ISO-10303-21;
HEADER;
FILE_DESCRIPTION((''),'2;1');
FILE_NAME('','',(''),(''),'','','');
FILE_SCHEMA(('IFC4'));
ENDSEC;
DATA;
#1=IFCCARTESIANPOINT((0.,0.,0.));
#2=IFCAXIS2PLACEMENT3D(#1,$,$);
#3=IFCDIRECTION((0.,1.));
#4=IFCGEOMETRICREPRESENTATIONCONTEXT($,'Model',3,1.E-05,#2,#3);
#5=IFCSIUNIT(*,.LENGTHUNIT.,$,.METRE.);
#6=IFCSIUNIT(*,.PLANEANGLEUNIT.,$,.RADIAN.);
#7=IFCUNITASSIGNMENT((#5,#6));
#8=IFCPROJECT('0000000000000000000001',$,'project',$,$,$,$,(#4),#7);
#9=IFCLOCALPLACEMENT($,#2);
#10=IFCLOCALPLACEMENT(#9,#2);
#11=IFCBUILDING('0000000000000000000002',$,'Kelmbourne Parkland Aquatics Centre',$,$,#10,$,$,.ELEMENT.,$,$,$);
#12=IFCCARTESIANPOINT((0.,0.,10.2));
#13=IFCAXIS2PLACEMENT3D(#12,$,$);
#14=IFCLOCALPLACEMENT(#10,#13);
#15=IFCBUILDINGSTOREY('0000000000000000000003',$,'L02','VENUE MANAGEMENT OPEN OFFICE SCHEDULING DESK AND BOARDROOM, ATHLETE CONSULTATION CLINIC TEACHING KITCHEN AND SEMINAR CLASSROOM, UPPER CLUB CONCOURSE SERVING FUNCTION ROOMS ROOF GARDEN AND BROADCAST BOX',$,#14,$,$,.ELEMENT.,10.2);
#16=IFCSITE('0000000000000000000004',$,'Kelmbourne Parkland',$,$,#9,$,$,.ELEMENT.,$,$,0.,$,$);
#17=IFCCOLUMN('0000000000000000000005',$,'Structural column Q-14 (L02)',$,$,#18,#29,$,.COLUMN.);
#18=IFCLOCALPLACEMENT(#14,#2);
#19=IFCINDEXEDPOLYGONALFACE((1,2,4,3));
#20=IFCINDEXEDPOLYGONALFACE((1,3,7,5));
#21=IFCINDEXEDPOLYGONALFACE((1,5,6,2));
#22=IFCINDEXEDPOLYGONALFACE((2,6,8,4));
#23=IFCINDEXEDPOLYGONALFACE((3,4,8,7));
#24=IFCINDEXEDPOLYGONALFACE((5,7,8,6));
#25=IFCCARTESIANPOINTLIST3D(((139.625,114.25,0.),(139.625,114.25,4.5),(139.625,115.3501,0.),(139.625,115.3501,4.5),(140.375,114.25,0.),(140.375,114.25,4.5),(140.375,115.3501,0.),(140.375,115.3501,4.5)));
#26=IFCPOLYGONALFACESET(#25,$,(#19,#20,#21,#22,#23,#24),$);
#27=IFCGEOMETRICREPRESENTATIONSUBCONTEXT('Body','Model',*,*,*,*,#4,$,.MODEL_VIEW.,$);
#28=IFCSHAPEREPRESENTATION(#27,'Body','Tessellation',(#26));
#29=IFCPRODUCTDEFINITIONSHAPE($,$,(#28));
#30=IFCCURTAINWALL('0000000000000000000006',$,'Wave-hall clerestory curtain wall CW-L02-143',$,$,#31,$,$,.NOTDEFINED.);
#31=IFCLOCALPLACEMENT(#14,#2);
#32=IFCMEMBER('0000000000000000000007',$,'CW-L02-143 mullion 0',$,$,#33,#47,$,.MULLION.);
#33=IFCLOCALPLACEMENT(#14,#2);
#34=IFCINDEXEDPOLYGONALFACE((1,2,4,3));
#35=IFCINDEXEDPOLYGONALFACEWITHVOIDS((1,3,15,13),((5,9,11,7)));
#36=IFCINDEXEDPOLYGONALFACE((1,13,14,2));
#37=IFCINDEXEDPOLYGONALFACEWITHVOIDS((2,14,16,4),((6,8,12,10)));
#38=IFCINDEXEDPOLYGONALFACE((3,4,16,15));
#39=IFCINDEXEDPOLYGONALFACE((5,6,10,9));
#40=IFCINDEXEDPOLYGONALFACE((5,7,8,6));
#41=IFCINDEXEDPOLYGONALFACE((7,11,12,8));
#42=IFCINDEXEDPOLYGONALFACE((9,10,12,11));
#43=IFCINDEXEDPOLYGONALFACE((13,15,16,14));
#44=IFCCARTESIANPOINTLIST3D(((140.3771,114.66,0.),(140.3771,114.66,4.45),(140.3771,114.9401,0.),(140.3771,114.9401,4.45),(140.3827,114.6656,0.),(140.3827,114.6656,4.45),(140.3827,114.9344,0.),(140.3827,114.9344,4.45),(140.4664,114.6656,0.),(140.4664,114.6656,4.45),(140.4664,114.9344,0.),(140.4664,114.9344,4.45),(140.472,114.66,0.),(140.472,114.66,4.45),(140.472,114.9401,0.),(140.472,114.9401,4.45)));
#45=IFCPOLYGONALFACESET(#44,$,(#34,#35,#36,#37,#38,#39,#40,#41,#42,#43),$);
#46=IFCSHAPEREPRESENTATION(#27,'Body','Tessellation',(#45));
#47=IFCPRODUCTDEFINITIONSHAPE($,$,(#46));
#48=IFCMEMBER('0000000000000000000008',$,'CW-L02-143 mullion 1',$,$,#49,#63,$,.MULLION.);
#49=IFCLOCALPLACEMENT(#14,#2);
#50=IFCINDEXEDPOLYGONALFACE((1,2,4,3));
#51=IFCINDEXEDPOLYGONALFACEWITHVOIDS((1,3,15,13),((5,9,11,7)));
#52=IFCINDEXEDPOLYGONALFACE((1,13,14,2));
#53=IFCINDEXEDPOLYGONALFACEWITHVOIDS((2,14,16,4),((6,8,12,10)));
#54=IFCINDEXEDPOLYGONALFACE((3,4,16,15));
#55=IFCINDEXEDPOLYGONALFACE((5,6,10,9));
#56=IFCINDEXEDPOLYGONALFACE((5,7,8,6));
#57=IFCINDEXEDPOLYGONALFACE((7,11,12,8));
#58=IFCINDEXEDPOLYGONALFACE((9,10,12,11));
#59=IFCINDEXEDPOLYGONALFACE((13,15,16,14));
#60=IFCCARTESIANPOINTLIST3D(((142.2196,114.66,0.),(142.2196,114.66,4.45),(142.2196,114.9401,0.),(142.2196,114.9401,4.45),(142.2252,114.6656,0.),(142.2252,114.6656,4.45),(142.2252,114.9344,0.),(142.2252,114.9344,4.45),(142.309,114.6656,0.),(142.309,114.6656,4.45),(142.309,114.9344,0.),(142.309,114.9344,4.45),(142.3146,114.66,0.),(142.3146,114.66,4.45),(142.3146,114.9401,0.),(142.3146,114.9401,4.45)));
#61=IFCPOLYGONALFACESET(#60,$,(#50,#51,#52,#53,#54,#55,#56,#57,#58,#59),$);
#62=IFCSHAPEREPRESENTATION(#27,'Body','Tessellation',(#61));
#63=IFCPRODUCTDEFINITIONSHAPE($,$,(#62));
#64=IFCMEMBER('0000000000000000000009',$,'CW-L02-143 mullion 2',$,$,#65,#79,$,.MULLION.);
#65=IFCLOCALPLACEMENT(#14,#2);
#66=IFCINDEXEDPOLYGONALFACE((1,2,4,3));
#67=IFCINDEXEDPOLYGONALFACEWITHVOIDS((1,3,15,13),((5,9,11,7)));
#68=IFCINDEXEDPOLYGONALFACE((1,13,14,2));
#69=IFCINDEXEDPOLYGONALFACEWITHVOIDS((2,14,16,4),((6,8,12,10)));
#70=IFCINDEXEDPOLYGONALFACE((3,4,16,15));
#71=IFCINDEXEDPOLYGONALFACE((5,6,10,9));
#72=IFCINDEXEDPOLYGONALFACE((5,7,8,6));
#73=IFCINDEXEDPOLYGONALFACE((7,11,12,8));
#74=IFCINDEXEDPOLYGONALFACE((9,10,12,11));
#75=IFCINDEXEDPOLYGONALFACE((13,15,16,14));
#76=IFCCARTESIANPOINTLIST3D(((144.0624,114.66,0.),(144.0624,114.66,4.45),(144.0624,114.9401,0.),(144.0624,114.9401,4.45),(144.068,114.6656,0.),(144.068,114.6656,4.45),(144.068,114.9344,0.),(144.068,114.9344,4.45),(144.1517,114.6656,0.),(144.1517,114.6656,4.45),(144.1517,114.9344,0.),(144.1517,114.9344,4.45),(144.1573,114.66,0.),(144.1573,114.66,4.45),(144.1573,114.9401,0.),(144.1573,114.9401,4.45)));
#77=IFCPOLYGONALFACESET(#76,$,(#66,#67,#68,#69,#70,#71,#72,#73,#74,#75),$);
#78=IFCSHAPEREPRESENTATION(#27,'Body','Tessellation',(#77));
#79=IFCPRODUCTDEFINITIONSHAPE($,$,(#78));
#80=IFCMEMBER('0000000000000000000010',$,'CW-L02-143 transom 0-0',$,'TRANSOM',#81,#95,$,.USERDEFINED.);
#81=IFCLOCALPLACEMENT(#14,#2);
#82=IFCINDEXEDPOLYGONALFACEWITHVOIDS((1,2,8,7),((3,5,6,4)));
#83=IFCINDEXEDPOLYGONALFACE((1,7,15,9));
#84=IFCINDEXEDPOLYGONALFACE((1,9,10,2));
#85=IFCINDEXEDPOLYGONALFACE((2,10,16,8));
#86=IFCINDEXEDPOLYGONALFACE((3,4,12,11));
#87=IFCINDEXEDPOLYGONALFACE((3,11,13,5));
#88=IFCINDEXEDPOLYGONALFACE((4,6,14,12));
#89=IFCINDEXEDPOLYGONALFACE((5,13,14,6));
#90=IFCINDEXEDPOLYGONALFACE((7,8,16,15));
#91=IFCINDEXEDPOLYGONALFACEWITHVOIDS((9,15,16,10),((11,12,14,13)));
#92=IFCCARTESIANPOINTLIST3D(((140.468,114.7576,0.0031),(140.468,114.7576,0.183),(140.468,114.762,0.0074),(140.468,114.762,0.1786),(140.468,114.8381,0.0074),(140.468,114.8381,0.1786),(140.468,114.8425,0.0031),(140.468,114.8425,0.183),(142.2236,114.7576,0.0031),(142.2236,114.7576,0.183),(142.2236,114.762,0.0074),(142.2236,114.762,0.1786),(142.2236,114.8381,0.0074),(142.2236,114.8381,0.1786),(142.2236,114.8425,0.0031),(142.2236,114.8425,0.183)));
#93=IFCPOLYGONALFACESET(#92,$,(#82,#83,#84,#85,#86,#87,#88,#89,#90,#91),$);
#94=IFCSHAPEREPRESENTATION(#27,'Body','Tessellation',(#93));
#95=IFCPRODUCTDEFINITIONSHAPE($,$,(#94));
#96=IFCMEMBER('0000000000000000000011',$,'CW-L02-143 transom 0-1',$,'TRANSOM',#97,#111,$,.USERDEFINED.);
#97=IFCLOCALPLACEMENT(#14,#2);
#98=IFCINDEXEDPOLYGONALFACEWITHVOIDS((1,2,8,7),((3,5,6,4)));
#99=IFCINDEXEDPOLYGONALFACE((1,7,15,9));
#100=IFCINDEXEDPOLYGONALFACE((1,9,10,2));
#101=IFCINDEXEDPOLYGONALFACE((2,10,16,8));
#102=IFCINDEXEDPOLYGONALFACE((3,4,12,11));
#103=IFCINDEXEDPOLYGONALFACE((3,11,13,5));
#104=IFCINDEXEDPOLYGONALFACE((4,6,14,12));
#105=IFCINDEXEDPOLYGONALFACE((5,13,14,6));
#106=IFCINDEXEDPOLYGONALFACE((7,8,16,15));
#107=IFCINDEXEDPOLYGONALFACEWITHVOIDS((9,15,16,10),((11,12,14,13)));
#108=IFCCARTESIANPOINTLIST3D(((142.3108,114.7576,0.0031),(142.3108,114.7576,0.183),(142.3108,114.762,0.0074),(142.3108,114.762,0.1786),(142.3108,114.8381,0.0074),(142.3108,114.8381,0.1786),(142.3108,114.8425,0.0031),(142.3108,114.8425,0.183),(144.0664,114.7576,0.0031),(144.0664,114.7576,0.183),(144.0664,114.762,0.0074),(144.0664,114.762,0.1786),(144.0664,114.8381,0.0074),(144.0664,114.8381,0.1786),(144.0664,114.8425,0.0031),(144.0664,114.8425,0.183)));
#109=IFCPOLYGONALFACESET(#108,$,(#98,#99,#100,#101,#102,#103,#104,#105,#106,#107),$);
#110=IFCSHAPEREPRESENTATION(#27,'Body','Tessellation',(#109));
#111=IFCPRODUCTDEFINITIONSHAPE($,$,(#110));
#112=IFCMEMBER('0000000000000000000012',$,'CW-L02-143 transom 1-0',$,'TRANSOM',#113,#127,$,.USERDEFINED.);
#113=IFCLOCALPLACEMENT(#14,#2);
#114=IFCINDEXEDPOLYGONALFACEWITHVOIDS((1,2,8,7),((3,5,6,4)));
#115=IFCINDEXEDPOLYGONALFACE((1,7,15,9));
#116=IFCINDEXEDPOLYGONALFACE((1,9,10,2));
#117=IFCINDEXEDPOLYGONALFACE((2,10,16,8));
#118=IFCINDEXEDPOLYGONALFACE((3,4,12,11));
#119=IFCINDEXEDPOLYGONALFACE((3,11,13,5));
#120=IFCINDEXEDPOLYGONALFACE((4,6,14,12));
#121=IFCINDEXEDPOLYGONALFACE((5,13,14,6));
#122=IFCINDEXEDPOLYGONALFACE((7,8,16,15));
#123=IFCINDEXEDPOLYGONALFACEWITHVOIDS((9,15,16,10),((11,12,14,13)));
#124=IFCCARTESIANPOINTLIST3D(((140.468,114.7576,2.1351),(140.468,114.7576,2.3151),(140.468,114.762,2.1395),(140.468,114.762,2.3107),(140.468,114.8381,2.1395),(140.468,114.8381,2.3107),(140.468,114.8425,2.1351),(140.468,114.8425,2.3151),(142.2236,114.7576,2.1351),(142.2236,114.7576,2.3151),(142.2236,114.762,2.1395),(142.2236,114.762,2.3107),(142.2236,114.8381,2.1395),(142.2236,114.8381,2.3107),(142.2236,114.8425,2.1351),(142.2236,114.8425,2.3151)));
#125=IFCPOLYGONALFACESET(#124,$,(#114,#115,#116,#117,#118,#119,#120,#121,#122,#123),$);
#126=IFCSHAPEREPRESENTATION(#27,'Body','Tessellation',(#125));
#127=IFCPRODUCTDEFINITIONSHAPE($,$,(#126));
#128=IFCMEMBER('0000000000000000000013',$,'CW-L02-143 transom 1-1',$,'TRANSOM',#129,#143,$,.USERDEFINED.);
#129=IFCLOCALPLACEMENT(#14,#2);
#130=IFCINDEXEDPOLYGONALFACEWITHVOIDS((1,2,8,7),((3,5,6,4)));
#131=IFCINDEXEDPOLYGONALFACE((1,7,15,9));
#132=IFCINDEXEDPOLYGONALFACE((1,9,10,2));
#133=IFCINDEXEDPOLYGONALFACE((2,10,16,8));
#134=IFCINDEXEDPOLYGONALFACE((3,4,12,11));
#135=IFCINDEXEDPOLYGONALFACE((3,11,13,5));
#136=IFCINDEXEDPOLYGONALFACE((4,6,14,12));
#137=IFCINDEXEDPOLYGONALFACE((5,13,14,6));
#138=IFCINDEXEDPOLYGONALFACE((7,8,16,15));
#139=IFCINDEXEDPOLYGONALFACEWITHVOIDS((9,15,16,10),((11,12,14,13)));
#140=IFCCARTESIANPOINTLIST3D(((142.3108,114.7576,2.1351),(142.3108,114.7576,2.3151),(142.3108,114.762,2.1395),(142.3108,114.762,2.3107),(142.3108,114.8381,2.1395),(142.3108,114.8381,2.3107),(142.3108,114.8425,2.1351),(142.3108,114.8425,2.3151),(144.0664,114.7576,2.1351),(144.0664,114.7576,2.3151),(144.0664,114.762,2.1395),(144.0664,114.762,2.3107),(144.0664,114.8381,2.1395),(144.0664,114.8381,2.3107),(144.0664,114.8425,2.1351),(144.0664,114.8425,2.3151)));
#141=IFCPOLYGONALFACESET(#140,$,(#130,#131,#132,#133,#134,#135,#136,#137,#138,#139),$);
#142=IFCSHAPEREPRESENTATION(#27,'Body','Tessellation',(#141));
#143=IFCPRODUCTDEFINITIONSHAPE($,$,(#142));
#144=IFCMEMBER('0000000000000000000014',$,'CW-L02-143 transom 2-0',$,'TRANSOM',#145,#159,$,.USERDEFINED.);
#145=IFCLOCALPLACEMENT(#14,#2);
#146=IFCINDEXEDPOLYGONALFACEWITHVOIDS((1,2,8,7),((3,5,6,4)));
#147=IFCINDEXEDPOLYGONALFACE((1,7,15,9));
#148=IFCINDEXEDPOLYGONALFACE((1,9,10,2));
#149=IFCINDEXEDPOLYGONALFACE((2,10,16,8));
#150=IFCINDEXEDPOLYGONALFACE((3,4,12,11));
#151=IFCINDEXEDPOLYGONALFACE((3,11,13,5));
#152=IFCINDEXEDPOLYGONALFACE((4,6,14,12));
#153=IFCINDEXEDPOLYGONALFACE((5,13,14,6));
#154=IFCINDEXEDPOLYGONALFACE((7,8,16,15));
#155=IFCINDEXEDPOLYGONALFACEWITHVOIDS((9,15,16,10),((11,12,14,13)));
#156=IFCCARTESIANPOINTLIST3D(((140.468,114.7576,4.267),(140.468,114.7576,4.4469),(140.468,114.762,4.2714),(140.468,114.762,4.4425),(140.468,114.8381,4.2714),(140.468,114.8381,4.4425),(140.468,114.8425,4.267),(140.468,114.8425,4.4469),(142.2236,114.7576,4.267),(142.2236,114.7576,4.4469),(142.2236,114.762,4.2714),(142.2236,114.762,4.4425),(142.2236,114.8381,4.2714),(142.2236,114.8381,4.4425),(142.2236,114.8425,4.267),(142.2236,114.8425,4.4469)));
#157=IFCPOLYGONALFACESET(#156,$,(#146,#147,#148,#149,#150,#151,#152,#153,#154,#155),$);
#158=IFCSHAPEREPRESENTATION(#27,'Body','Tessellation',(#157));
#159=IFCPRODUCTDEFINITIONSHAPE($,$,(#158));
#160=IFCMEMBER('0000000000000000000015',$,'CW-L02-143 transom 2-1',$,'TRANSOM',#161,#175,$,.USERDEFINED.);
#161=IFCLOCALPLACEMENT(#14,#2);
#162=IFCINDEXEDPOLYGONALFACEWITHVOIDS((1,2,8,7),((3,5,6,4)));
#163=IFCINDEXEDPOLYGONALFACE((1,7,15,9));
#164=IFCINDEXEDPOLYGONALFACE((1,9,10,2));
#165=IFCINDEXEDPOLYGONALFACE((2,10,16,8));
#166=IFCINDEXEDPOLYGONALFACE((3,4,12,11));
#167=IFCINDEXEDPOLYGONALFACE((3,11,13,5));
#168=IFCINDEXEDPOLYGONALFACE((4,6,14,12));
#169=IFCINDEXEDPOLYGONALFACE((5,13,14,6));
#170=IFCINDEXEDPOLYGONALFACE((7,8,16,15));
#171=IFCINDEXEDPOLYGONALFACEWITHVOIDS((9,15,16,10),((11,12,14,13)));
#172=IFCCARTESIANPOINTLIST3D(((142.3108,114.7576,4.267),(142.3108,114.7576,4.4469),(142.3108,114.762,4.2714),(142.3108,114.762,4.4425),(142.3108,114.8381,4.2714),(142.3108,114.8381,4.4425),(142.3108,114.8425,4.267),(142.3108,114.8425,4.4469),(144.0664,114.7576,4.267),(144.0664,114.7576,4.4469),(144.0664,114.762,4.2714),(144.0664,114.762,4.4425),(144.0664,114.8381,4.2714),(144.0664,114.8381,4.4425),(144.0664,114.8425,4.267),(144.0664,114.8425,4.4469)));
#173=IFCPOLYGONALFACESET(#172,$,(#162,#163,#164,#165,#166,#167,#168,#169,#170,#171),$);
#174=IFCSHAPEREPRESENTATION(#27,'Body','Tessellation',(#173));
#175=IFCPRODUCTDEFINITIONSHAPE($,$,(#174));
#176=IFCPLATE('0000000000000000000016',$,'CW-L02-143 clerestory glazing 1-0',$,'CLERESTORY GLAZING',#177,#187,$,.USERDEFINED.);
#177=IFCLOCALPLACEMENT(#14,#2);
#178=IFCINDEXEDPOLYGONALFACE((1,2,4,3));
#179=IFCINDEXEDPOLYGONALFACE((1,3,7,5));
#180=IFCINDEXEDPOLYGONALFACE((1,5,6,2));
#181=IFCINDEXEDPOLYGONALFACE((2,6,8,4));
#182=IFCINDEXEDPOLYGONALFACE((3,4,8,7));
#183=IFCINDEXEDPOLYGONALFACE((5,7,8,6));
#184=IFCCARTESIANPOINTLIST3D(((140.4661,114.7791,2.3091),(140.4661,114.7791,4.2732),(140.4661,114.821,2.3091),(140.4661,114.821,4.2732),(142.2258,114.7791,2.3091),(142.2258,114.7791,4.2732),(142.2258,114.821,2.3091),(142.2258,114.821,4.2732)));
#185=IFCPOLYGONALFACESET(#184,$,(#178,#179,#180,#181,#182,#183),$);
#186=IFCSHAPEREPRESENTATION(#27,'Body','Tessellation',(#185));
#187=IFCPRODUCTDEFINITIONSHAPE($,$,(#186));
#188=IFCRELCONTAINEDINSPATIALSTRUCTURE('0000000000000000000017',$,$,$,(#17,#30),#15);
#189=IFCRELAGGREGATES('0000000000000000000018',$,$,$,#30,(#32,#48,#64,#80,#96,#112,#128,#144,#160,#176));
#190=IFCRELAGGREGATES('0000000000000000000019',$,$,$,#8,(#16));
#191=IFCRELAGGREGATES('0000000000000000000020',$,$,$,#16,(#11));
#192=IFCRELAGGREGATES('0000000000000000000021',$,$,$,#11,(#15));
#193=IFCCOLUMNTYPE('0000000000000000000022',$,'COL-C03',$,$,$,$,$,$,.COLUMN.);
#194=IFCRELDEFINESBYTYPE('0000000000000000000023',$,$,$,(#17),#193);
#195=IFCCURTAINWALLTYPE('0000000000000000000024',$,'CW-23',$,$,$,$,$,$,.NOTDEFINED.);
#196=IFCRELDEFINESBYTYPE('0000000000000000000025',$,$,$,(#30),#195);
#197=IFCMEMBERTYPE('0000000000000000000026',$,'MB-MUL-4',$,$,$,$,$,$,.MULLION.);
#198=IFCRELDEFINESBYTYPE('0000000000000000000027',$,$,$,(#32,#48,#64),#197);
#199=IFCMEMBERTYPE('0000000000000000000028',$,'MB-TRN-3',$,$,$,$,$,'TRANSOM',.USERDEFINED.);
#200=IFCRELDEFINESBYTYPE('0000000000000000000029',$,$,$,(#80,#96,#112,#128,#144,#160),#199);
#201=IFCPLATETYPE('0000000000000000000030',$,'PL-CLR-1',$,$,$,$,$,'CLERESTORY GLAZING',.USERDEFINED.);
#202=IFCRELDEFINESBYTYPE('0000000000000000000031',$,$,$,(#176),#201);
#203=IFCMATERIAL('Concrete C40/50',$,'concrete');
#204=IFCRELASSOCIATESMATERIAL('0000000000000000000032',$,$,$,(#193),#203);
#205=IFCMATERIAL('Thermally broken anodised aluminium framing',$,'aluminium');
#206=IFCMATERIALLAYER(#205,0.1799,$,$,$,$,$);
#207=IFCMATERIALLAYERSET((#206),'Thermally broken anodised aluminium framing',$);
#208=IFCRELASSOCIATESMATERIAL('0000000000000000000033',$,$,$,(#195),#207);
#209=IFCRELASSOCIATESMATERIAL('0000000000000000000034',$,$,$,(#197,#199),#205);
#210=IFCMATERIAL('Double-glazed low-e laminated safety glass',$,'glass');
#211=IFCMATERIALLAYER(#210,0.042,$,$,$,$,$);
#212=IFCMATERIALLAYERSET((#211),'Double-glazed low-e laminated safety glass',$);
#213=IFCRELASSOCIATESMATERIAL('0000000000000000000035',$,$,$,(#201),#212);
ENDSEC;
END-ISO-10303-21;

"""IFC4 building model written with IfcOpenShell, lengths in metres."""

from ifc_helpers import new_model, si_unit, direction, frame, origin, origin_2d, place, context, subcontext, project, spatial, rectangle, hollow_rectangle, extrude, material, layer, layer_set, material_profile, profile_set, type_object, element, aggregate, save


model = new_model("IFC4")

# Units and contexts
model_context = context("Model", 3, precision=1e-05, world=origin(), true_north=direction((0.0, 1.0)))
body_context = subcontext(model_context, "Body", "Model", "MODEL_VIEW")
ifc_project = project(units=[si_unit("LENGTHUNIT", "METRE"), si_unit("PLANEANGLEUNIT", "RADIAN")], contexts=[model_context])

# Site, building, storey
site_placement = place(None, origin())
site = spatial("IfcSite", under=ifc_project, at=site_placement, Name="Kelmbourne Parkland", CompositionType="ELEMENT", RefElevation=0.0)
building_placement = place(site_placement, origin())
building = spatial("IfcBuilding", under=site, at=building_placement, Name="Kelmbourne Parkland Aquatics Centre", CompositionType="ELEMENT")
storey_placement = place(building_placement, frame((0.0, 0.0, 10.2)))
storey = spatial("IfcBuildingStorey", under=building, at=storey_placement, Name="L02", Description="VENUE MANAGEMENT OPEN OFFICE SCHEDULING DESK AND BOARDROOM, ATHLETE CONSULTATION CLINIC TEACHING KITCHEN AND SEMINAR CLASSROOM, UPPER CLUB CONCOURSE SERVING FUNCTION ROOMS ROOF GARDEN AND BROADCAST BOX", CompositionType="ELEMENT", Elevation=10.2)

# Column
ifc_material_1 = material(Name="Concrete C40/50", Category="concrete")
ifc_material_profile_1 = material_profile(ifc_material_1, rectangle(XDim=0.75, YDim=1.1001, at=origin_2d()), Name="RC 750x1100")
ifc_profile_set_1 = profile_set([ifc_material_profile_1], Name="Concrete C40/50")
column_type = type_object("IfcColumnType", Name="COL-C03", PredefinedType="COLUMN", material=ifc_profile_set_1)
column_placement = place(storey_placement, frame((140.0, 114.8, 0.0), z_axis=(0.0, 0.0, 1.0), x_axis=(1.0, 0.0, 0.0)))
element("IfcColumn", 1, at=column_placement, inside=storey, type_object=column_type, Name="Structural column Q-14 (L02)", PredefinedType="COLUMN", context=body_context, shape_type="SweptSolid", body=[
    extrude(rectangle(XDim=0.75, YDim=1.1001, at=origin_2d()), origin(), (0.0, 0.0, 1.0), 4.5),
])

# Curtain wall, members, plate
ifc_material_2 = material(Name="Thermally broken anodised aluminium framing", Category="aluminium")
ifc_layer_1 = layer(ifc_material_2, 0.1799)
ifc_layer_set_1 = layer_set([ifc_layer_1], Name="Thermally broken anodised aluminium framing")
curtain_wall_type = type_object("IfcCurtainWallType", Name="CW-23", PredefinedType="NOTDEFINED", material=ifc_layer_set_1)
curtain_wall_placement = place(storey_placement, origin())
curtain_wall = element("IfcCurtainWall", 2, at=curtain_wall_placement, inside=storey, type_object=curtain_wall_type, Name="Wave-hall clerestory curtain wall CW-L02-143", PredefinedType="NOTDEFINED")
ifc_material_profile_2 = material_profile(ifc_material_2, hollow_rectangle(XDim=0.095, YDim=0.28, WallThickness=0.0056, at=origin_2d()), Name="CW-M 95x280")
ifc_profile_set_2 = profile_set([ifc_material_profile_2], Name="Thermally broken anodised aluminium framing")
member_type_1 = type_object("IfcMemberType", Name="MB-MUL-4", PredefinedType="MULLION", material=ifc_profile_set_2)
member_1_placement = place(storey_placement, frame((140.4246, 114.8, 0.0), z_axis=(0.0, 0.0, 1.0), x_axis=(1.0, 0.0, 0.0)))
member_1 = element("IfcMember", 3, at=member_1_placement, type_object=member_type_1, Name="CW-L02-143 mullion 0", PredefinedType="MULLION", context=body_context, shape_type="SweptSolid", body=[
    extrude(hollow_rectangle(XDim=0.095, YDim=0.28, WallThickness=0.0056, at=origin_2d()), origin(), (0.0, 0.0, 1.0), 4.45),
])
member_2_placement = place(storey_placement, frame((142.2671, 114.8, 0.0), z_axis=(0.0, 0.0, 1.0), x_axis=(1.0, 0.0, 0.0)))
member_2 = element("IfcMember", 4, at=member_2_placement, type_object=member_type_1, Name="CW-L02-143 mullion 1", PredefinedType="MULLION", context=body_context, shape_type="SweptSolid", body=[
    extrude(hollow_rectangle(XDim=0.095, YDim=0.28, WallThickness=0.0056, at=origin_2d()), origin(), (0.0, 0.0, 1.0), 4.45),
])
member_3_placement = place(storey_placement, frame((144.1099, 114.8, 0.0), z_axis=(0.0, 0.0, 1.0), x_axis=(1.0, 0.0, 0.0)))
member_3 = element("IfcMember", 5, at=member_3_placement, type_object=member_type_1, Name="CW-L02-143 mullion 2", PredefinedType="MULLION", context=body_context, shape_type="SweptSolid", body=[
    extrude(hollow_rectangle(XDim=0.095, YDim=0.28, WallThickness=0.0056, at=origin_2d()), origin(), (0.0, 0.0, 1.0), 4.45),
])
ifc_material_profile_3 = material_profile(ifc_material_2, hollow_rectangle(XDim=0.085, YDim=0.1799, WallThickness=0.0044, at=origin_2d()), Name="CW-T 85x180")
ifc_profile_set_3 = profile_set([ifc_material_profile_3], Name="Thermally broken anodised aluminium framing")
member_type_2 = type_object("IfcMemberType", Name="MB-TRN-3", ElementType="TRANSOM", PredefinedType="USERDEFINED", material=ifc_profile_set_3)
member_4_placement = place(storey_placement, frame((140.468, 114.8, 0.093), z_axis=(1.0, 0.0, 0.0), x_axis=(0.0, 1.0, 0.0)))
member_4 = element("IfcMember", 6, at=member_4_placement, type_object=member_type_2, Name="CW-L02-143 transom 0-0", ObjectType="TRANSOM", PredefinedType="USERDEFINED", context=body_context, shape_type="SweptSolid", body=[
    extrude(hollow_rectangle(XDim=0.085, YDim=0.1799, WallThickness=0.0044, at=origin_2d()), origin(), (0.0, 0.0, 1.0), 1.7556),
])
member_5_placement = place(storey_placement, frame((142.3108, 114.8, 0.093), z_axis=(1.0, 0.0, 0.0), x_axis=(0.0, 1.0, 0.0)))
member_5 = element("IfcMember", 7, at=member_5_placement, type_object=member_type_2, Name="CW-L02-143 transom 0-1", ObjectType="TRANSOM", PredefinedType="USERDEFINED", context=body_context, shape_type="SweptSolid", body=[
    extrude(hollow_rectangle(XDim=0.085, YDim=0.1799, WallThickness=0.0044, at=origin_2d()), origin(), (0.0, 0.0, 1.0), 1.7556),
])
member_6_placement = place(storey_placement, frame((140.468, 114.8, 2.2251), z_axis=(1.0, 0.0, 0.0), x_axis=(0.0, 1.0, 0.0)))
member_6 = element("IfcMember", 8, at=member_6_placement, type_object=member_type_2, Name="CW-L02-143 transom 1-0", ObjectType="TRANSOM", PredefinedType="USERDEFINED", context=body_context, shape_type="SweptSolid", body=[
    extrude(hollow_rectangle(XDim=0.085, YDim=0.1799, WallThickness=0.0044, at=origin_2d()), origin(), (0.0, 0.0, 1.0), 1.7556),
])
member_7_placement = place(storey_placement, frame((142.3108, 114.8, 2.2251), z_axis=(1.0, 0.0, 0.0), x_axis=(0.0, 1.0, 0.0)))
member_7 = element("IfcMember", 9, at=member_7_placement, type_object=member_type_2, Name="CW-L02-143 transom 1-1", ObjectType="TRANSOM", PredefinedType="USERDEFINED", context=body_context, shape_type="SweptSolid", body=[
    extrude(hollow_rectangle(XDim=0.085, YDim=0.1799, WallThickness=0.0044, at=origin_2d()), origin(), (0.0, 0.0, 1.0), 1.7556),
])
member_8_placement = place(storey_placement, frame((140.468, 114.8, 4.3569), z_axis=(1.0, 0.0, 0.0), x_axis=(0.0, 1.0, 0.0)))
member_8 = element("IfcMember", 10, at=member_8_placement, type_object=member_type_2, Name="CW-L02-143 transom 2-0", ObjectType="TRANSOM", PredefinedType="USERDEFINED", context=body_context, shape_type="SweptSolid", body=[
    extrude(hollow_rectangle(XDim=0.085, YDim=0.1799, WallThickness=0.0044, at=origin_2d()), origin(), (0.0, 0.0, 1.0), 1.7556),
])
member_9_placement = place(storey_placement, frame((142.3108, 114.8, 4.3569), z_axis=(1.0, 0.0, 0.0), x_axis=(0.0, 1.0, 0.0)))
member_9 = element("IfcMember", 11, at=member_9_placement, type_object=member_type_2, Name="CW-L02-143 transom 2-1", ObjectType="TRANSOM", PredefinedType="USERDEFINED", context=body_context, shape_type="SweptSolid", body=[
    extrude(hollow_rectangle(XDim=0.085, YDim=0.1799, WallThickness=0.0044, at=origin_2d()), origin(), (0.0, 0.0, 1.0), 1.7556),
])
ifc_material_3 = material(Name="Double-glazed low-e laminated safety glass", Category="glass")
ifc_layer_2 = layer(ifc_material_3, 0.042)
ifc_layer_set_2 = layer_set([ifc_layer_2], Name="Double-glazed low-e laminated safety glass")
plate_type_1 = type_object("IfcPlateType", Name="PL-CLR-1", ElementType="CLERESTORY GLAZING", PredefinedType="USERDEFINED", material=ifc_layer_set_2)
plate_1_placement = place(storey_placement, frame((141.3459, 114.8, 2.3091), z_axis=(0.0, 0.0, 1.0), x_axis=(1.0, 0.0, 0.0)))
plate_1 = element("IfcPlate", 12, at=plate_1_placement, type_object=plate_type_1, Name="CW-L02-143 clerestory glazing 1-0", ObjectType="CLERESTORY GLAZING", PredefinedType="USERDEFINED", context=body_context, shape_type="SweptSolid", body=[
    extrude(rectangle(XDim=1.7598, YDim=0.042, at=origin_2d()), origin(), (0.0, 0.0, 1.0), 1.9641),
])
aggregate(curtain_wall, [member_1, member_2, member_3, member_4, member_5, member_6, member_7, member_8, member_9, plate_1])

save(model, "model.ifc")
